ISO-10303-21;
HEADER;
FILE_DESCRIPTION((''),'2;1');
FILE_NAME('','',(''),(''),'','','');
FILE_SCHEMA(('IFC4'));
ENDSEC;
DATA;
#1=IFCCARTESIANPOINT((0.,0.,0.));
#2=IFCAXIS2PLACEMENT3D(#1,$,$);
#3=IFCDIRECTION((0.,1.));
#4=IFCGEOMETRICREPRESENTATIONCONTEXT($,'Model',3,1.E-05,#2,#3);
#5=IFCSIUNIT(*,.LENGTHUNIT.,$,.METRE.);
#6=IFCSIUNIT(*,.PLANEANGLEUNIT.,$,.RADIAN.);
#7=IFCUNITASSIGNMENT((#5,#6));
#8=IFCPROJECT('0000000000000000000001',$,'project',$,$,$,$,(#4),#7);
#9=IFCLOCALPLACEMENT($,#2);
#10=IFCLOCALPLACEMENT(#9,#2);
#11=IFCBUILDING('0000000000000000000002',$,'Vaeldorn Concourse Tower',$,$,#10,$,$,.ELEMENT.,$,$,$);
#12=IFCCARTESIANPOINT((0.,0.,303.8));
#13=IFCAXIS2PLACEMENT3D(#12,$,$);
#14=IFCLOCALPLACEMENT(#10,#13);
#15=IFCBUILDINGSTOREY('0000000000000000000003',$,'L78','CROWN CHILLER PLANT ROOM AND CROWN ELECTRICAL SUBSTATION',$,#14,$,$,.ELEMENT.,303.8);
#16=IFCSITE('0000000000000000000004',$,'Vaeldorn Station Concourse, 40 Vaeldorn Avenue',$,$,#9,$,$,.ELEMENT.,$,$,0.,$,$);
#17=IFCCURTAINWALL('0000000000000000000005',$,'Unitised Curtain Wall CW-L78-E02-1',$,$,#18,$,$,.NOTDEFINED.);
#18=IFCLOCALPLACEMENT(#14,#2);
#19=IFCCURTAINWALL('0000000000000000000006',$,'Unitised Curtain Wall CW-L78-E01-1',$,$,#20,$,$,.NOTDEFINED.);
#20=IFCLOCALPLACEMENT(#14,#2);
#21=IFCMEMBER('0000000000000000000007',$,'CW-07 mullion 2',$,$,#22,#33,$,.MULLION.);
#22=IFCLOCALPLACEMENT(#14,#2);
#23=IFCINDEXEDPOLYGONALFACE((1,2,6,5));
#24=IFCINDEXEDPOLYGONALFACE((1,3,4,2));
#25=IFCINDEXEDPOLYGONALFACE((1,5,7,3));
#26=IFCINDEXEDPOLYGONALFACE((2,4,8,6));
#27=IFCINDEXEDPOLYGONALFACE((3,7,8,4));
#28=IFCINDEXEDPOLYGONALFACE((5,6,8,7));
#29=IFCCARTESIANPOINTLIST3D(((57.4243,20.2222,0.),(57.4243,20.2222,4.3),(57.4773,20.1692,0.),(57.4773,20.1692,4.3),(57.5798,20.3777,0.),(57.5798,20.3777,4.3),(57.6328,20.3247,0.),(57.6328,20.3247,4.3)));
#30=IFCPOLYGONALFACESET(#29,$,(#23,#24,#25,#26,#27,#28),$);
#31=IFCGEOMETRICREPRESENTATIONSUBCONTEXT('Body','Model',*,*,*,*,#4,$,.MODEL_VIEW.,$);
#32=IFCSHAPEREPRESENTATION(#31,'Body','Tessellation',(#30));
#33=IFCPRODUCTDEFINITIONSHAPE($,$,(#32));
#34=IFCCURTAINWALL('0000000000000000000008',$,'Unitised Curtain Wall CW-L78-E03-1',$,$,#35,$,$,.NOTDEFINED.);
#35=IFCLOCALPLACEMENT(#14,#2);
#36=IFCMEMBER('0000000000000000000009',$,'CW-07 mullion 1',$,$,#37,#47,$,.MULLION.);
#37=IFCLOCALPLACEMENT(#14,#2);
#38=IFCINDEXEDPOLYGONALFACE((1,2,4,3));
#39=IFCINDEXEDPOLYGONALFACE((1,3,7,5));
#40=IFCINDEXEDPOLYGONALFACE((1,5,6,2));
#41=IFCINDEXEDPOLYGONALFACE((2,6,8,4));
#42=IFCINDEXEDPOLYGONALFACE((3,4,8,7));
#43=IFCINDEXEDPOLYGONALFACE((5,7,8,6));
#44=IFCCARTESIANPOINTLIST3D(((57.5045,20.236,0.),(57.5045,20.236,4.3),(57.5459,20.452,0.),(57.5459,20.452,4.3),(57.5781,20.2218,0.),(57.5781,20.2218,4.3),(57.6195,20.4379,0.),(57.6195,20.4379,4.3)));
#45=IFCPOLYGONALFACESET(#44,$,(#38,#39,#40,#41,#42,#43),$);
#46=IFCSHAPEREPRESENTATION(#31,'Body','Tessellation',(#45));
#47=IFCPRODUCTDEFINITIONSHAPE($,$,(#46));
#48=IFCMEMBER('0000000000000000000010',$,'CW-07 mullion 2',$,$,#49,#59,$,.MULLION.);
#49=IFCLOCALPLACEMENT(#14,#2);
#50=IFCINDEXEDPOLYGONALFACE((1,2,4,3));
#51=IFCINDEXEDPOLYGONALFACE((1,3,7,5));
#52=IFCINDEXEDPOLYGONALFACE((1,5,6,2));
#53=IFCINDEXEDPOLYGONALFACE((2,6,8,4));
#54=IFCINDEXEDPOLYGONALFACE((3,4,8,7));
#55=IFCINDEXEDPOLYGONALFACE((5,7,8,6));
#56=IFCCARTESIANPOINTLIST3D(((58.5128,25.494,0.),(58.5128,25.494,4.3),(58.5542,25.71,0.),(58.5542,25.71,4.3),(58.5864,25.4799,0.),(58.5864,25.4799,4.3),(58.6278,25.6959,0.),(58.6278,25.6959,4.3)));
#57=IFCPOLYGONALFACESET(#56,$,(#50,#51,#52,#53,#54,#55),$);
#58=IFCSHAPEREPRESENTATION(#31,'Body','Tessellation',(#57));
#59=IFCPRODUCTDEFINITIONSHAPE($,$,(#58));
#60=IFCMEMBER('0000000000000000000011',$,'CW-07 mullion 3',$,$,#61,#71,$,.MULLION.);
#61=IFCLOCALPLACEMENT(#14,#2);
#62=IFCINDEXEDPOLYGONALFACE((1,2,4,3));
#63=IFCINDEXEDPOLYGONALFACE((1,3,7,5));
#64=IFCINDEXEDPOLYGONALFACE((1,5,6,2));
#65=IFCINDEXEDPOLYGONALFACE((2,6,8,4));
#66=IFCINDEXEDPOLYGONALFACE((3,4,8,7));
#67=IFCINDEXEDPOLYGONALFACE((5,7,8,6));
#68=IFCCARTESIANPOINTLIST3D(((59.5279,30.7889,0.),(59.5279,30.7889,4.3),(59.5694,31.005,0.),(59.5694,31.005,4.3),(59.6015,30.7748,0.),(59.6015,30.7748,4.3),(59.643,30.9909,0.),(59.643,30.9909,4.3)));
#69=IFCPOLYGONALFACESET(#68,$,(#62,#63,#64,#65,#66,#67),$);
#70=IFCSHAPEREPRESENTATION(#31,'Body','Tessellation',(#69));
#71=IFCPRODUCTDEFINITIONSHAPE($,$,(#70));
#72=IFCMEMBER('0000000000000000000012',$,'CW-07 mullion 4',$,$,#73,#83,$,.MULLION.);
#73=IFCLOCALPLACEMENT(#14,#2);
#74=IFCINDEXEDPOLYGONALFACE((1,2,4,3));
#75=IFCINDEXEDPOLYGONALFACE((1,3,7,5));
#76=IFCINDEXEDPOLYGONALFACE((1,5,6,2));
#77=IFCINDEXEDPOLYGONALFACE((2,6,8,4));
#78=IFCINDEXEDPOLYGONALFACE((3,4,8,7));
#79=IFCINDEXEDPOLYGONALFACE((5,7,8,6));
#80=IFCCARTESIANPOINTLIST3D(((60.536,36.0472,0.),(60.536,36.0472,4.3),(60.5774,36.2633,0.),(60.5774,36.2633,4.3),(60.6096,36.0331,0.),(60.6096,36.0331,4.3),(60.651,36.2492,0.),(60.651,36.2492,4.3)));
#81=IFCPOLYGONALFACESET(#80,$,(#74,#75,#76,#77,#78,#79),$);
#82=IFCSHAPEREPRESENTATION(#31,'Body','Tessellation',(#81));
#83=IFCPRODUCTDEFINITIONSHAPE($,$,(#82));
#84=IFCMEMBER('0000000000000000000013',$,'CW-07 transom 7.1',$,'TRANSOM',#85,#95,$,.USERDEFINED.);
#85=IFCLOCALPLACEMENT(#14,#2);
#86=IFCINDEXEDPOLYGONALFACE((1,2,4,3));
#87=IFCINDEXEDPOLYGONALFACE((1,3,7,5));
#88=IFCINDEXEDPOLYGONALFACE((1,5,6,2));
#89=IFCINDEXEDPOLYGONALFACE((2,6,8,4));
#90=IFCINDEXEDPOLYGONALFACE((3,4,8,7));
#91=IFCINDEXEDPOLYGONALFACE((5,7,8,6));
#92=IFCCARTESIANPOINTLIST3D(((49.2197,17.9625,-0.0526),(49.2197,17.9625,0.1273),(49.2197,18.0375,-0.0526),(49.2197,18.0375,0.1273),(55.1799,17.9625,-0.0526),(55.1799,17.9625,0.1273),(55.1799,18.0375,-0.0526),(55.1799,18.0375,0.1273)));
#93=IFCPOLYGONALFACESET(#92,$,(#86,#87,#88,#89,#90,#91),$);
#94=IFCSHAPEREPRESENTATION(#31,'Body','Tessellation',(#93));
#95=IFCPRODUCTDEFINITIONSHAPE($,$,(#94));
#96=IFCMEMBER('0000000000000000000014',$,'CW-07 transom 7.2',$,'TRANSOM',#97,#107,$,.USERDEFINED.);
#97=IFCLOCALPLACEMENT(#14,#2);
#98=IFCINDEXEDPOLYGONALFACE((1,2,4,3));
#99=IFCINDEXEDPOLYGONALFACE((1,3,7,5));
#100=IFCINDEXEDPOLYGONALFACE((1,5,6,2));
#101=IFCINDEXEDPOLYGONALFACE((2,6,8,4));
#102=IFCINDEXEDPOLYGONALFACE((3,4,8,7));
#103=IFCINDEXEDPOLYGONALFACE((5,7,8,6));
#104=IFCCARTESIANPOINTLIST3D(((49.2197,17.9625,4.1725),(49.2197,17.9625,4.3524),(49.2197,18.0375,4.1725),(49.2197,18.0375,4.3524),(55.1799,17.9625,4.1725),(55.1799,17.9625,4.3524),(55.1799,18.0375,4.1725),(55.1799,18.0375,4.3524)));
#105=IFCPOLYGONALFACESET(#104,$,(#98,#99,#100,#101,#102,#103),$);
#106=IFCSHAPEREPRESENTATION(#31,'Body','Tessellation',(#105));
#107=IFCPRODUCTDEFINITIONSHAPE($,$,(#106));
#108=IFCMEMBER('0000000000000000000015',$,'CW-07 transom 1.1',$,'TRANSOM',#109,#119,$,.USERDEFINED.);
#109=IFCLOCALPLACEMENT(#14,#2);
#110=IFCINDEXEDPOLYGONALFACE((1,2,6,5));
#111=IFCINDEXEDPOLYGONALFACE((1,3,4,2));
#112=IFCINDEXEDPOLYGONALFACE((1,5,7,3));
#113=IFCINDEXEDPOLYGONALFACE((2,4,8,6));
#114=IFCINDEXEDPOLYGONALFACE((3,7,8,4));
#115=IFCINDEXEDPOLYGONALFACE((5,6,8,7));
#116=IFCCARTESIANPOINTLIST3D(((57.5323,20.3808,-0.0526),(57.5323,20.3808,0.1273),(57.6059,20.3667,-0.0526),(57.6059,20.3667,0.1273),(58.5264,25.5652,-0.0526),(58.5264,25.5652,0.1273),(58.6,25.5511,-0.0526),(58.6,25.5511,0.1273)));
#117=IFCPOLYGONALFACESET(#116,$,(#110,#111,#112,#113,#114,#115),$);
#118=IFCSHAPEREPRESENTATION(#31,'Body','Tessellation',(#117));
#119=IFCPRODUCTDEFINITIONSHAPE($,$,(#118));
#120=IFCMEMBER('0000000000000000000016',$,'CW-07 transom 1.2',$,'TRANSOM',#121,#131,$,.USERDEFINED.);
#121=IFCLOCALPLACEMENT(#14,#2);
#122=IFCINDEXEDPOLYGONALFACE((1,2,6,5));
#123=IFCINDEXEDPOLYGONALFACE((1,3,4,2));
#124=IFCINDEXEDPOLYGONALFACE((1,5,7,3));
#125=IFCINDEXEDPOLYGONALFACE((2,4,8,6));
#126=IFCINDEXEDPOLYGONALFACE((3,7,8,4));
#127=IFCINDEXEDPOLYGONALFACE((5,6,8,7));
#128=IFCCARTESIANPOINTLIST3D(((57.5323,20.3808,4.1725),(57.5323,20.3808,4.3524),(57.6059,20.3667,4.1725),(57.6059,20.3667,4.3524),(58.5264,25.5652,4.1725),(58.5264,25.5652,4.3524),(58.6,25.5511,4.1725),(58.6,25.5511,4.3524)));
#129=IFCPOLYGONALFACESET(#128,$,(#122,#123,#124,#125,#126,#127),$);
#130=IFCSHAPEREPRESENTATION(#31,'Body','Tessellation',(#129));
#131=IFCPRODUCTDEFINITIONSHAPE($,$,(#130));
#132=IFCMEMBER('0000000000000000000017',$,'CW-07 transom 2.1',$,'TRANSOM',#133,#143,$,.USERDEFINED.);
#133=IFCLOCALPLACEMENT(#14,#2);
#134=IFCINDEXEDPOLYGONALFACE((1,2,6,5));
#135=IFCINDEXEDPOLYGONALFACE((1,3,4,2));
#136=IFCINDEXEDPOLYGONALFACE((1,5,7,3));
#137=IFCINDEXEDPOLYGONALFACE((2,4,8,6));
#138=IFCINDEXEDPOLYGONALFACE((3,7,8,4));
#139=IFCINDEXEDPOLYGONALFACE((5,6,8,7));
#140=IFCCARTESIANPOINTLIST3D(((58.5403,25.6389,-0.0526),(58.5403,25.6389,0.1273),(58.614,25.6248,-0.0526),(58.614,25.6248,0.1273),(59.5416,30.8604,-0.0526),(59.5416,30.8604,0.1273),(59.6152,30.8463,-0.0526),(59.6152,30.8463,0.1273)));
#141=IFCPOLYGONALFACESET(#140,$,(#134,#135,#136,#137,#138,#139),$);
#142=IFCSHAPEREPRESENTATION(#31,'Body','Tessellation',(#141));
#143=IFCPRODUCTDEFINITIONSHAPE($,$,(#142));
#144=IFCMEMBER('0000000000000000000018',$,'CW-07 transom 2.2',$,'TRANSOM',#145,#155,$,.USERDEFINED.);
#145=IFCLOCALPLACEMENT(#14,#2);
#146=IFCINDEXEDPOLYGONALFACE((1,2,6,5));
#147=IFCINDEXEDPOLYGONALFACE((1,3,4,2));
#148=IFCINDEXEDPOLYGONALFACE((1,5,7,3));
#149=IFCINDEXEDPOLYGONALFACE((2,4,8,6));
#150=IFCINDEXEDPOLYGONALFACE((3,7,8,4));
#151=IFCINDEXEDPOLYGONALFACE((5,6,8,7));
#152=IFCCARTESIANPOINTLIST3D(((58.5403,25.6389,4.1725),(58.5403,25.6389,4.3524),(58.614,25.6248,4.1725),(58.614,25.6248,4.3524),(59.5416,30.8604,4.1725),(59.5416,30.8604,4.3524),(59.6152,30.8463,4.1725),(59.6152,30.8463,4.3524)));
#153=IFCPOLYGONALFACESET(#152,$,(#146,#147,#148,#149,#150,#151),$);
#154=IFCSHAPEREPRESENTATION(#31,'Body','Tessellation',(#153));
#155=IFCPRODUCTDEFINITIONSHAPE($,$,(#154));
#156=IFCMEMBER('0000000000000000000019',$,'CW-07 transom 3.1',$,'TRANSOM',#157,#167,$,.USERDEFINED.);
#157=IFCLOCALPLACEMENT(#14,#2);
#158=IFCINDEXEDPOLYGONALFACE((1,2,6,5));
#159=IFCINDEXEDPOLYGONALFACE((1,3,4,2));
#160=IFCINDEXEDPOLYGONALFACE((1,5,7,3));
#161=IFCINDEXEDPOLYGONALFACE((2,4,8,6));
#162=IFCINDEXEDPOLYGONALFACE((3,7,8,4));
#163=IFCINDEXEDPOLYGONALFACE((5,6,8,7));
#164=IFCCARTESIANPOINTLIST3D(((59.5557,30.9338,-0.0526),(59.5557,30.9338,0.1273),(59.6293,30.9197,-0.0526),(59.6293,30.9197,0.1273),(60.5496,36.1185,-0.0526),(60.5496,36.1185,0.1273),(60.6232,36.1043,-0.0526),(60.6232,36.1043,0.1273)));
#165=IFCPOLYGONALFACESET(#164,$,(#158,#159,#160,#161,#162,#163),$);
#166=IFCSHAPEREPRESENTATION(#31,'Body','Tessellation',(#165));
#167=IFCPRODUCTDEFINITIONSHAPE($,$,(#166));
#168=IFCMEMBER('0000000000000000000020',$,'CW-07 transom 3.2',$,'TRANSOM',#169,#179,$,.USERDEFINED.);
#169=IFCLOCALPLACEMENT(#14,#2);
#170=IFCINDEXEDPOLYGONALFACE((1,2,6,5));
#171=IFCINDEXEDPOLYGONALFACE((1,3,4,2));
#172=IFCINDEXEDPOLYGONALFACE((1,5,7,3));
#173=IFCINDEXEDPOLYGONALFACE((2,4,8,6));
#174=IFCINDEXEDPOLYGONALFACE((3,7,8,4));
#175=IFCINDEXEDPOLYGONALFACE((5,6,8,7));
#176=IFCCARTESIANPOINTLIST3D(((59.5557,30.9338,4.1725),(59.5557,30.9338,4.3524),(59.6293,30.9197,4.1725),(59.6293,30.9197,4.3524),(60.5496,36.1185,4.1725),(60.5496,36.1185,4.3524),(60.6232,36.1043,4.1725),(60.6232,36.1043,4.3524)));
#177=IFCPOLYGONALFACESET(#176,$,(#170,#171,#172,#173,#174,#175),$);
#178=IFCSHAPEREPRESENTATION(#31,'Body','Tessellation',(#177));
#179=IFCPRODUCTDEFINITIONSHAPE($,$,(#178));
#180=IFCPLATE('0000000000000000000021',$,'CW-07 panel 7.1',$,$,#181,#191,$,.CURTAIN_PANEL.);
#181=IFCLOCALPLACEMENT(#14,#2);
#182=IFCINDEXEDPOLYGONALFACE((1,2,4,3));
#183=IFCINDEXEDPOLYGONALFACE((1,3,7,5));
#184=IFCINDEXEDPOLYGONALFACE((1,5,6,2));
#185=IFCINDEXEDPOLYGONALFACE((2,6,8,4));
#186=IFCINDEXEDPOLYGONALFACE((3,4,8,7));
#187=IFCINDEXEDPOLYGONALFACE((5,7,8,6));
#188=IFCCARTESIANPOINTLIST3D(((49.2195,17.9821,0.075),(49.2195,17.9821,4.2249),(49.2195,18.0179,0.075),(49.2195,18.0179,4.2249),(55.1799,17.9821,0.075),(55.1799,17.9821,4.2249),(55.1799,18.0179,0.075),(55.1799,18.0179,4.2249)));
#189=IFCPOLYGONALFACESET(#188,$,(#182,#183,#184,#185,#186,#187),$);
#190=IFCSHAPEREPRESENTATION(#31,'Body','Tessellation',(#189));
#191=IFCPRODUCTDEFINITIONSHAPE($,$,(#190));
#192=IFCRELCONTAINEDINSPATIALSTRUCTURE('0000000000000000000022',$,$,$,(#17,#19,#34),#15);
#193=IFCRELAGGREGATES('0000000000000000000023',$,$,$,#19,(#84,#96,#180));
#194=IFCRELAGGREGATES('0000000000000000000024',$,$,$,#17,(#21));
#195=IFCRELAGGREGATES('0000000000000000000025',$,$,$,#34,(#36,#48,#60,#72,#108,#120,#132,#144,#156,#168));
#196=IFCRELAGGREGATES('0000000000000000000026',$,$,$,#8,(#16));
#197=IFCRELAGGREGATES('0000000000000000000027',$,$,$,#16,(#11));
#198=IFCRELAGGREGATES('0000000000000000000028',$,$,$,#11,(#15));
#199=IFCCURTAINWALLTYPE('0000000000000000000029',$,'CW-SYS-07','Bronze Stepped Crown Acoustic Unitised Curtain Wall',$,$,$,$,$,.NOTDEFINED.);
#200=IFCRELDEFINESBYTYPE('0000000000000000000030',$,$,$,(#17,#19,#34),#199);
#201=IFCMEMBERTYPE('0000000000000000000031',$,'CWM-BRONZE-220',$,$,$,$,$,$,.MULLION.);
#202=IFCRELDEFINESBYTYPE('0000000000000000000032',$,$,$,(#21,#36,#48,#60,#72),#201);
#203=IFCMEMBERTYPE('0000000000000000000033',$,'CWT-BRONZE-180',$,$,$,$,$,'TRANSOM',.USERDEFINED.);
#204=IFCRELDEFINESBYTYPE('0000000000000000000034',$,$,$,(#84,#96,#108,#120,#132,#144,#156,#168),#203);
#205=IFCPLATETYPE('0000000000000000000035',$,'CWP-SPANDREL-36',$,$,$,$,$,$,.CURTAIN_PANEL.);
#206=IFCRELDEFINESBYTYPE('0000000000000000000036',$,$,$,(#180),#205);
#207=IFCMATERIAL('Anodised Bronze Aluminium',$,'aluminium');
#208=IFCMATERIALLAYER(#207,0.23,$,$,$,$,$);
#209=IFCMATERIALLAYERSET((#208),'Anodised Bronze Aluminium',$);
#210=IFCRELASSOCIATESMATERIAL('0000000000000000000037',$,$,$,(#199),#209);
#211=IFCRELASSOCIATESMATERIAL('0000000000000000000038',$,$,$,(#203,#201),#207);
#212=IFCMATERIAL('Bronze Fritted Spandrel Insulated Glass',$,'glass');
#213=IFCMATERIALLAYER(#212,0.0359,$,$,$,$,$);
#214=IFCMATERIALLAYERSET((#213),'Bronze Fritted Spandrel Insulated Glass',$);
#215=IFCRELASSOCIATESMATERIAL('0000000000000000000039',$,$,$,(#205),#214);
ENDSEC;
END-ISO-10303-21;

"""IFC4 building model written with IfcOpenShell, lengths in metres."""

from ifc_helpers import new_model, si_unit, direction, frame, origin, origin_2d, place, context, subcontext, project, spatial, rectangle, extrude, source, transform, mapped, material, layer, layer_set, material_profile, profile_set, type_object, element, aggregate, save


model = new_model("IFC4")

# Units and contexts
model_context = context("Model", 3, precision=1e-05, world=origin(), true_north=direction((0.0, 1.0)))
body_context = subcontext(model_context, "Body", "Model", "MODEL_VIEW")
ifc_project = project(units=[si_unit("LENGTHUNIT", "METRE"), si_unit("PLANEANGLEUNIT", "RADIAN")], contexts=[model_context])

# Site, building, storey
site_placement = place(None, origin())
site = spatial("IfcSite", under=ifc_project, at=site_placement, Name="Vaeldorn Station Concourse, 40 Vaeldorn Avenue", CompositionType="ELEMENT", RefElevation=0.0)
building_placement = place(site_placement, origin())
building = spatial("IfcBuilding", under=site, at=building_placement, Name="Vaeldorn Concourse Tower", CompositionType="ELEMENT")
storey_placement = place(building_placement, frame((0.0, 0.0, 303.8)))
storey = spatial("IfcBuildingStorey", under=building, at=storey_placement, Name="L78", Description="CROWN CHILLER PLANT ROOM AND CROWN ELECTRICAL SUBSTATION", CompositionType="ELEMENT", Elevation=303.8)

# Curtain walls
ifc_material_1 = material(Name="Anodised Bronze Aluminium", Category="aluminium")
ifc_layer_1 = layer(ifc_material_1, 0.23)
ifc_layer_set_1 = layer_set([ifc_layer_1], Name="Anodised Bronze Aluminium")
curtain_wall_type = type_object("IfcCurtainWallType", Name="CW-SYS-07", Description="Bronze Stepped Crown Acoustic Unitised Curtain Wall", PredefinedType="NOTDEFINED", material=ifc_layer_set_1)
curtain_wall_1_placement = place(storey_placement, origin())
curtain_wall_1 = element("IfcCurtainWall", 1, at=curtain_wall_1_placement, inside=storey, type_object=curtain_wall_type, Name="Unitised Curtain Wall CW-L78-E02-1", PredefinedType="NOTDEFINED")
ifc_material_profile_1 = material_profile(ifc_material_1, rectangle(XDim=0.075, YDim=0.1799, at=origin_2d()), Name="CWT 75x180")
ifc_profile_set_1 = profile_set([ifc_material_profile_1], Name="Anodised Bronze Aluminium")
member_type_1 = type_object("IfcMemberType", Name="CWT-BRONZE-180", ElementType="TRANSOM", PredefinedType="USERDEFINED", material=ifc_profile_set_1)
curtain_wall_2_placement = place(storey_placement, origin())
curtain_wall_2 = element("IfcCurtainWall", 2, at=curtain_wall_2_placement, inside=storey, type_object=curtain_wall_type, Name="Unitised Curtain Wall CW-L78-E01-1", PredefinedType="NOTDEFINED")
ifc_material_profile_2 = material_profile(ifc_material_1, rectangle(XDim=0.075, YDim=0.22, at=origin_2d()), Name="CWM 75x220")
ifc_profile_set_2 = profile_set([ifc_material_profile_2], Name="Anodised Bronze Aluminium")
member_type_2 = type_object("IfcMemberType", Name="CWM-BRONZE-220", PredefinedType="MULLION", material=ifc_profile_set_2)
shared_shape_1 = source(origin(), body_context, "Body", "SweptSolid", [
    extrude(rectangle(XDim=0.075, YDim=0.22, at=origin_2d()), origin(), (0.0, 0.0, 1.0), 4.3),
])

# Member
member_1_placement = place(storey_placement, frame((57.5286, 20.2734, 0.0), z_axis=(0.0, 0.0, 1.0), x_axis=(-0.707107, 0.707107, 0.0)))
member_1 = element("IfcMember", 3, at=member_1_placement, type_object=member_type_2, Name="CW-07 mullion 2", PredefinedType="MULLION", context=body_context, shape_type="MappedRepresentation", body=[
    mapped(shared_shape_1, transform((0.0, 0.0, 0.0), scale=1.0)),
])

# Curtain wall, members
curtain_wall_3_placement = place(storey_placement, origin())
curtain_wall_3 = element("IfcCurtainWall", 4, at=curtain_wall_3_placement, inside=storey, type_object=curtain_wall_type, Name="Unitised Curtain Wall CW-L78-E03-1", PredefinedType="NOTDEFINED")
member_2_placement = place(storey_placement, frame((57.562, 20.3369, 0.0), z_axis=(0.0, 0.0, 1.0), x_axis=(-0.982112, 0.188298, 0.0)))
member_2 = element("IfcMember", 5, at=member_2_placement, type_object=member_type_2, Name="CW-07 mullion 1", PredefinedType="MULLION", context=body_context, shape_type="MappedRepresentation", body=[
    mapped(shared_shape_1, transform((0.0, 0.0, 0.0), scale=1.0)),
])
member_3_placement = place(storey_placement, frame((58.5703, 25.595, 0.0), z_axis=(0.0, 0.0, 1.0), x_axis=(-0.982112, 0.188298, 0.0)))
member_3 = element("IfcMember", 6, at=member_3_placement, type_object=member_type_2, Name="CW-07 mullion 2", PredefinedType="MULLION", context=body_context, shape_type="MappedRepresentation", body=[
    mapped(shared_shape_1, transform((0.0, 0.0, 0.0), scale=1.0)),
])
member_4_placement = place(storey_placement, frame((59.5854, 30.8899, 0.0), z_axis=(0.0, 0.0, 1.0), x_axis=(-0.982112, 0.188298, 0.0)))
member_4 = element("IfcMember", 7, at=member_4_placement, type_object=member_type_2, Name="CW-07 mullion 3", PredefinedType="MULLION", context=body_context, shape_type="MappedRepresentation", body=[
    mapped(shared_shape_1, transform((0.0, 0.0, 0.0), scale=1.0)),
])
member_5_placement = place(storey_placement, frame((60.5935, 36.1482, 0.0), z_axis=(0.0, 0.0, 1.0), x_axis=(-0.982112, 0.188298, 0.0)))
member_5 = element("IfcMember", 8, at=member_5_placement, type_object=member_type_2, Name="CW-07 mullion 4", PredefinedType="MULLION", context=body_context, shape_type="MappedRepresentation", body=[
    mapped(shared_shape_1, transform((0.0, 0.0, 0.0), scale=1.0)),
])

# Members
shared_shape_2 = source(origin(), body_context, "Body", "SweptSolid", [
    extrude(rectangle(XDim=0.075, YDim=0.1799, at=origin_2d()), origin(), (0.0, 0.0, 1.0), 5.9602),
])
member_6_placement = place(storey_placement, frame((49.2197, 18.0, 0.0374), z_axis=(1.0, 0.0, 0.0), x_axis=(0.0, 1.0, 0.0)))
member_6 = element("IfcMember", 9, at=member_6_placement, type_object=member_type_1, Name="CW-07 transom 7.1", ObjectType="TRANSOM", PredefinedType="USERDEFINED", context=body_context, shape_type="MappedRepresentation", body=[
    mapped(shared_shape_2, transform((0.0, 0.0, 0.0), scale=1.0)),
])
member_7_placement = place(storey_placement, frame((49.2197, 18.0, 4.2625), z_axis=(1.0, 0.0, 0.0), x_axis=(0.0, 1.0, 0.0)))
member_7 = element("IfcMember", 10, at=member_7_placement, type_object=member_type_1, Name="CW-07 transom 7.2", ObjectType="TRANSOM", PredefinedType="USERDEFINED", context=body_context, shape_type="MappedRepresentation", body=[
    mapped(shared_shape_2, transform((0.0, 0.0, 0.0), scale=1.0)),
])
shared_shape_3 = source(origin(), body_context, "Body", "SweptSolid", [
    extrude(rectangle(XDim=0.075, YDim=0.1799, at=origin_2d()), origin(), (0.0, 0.0, 1.0), 5.2788),
])
member_8_placement = place(storey_placement, frame((57.5691, 20.3738, 0.0374), z_axis=(0.188328, 0.982106, 0.0), x_axis=(-0.982106, 0.188328, 0.0)))
member_8 = element("IfcMember", 11, at=member_8_placement, type_object=member_type_1, Name="CW-07 transom 1.1", ObjectType="TRANSOM", PredefinedType="USERDEFINED", context=body_context, shape_type="MappedRepresentation", body=[
    mapped(shared_shape_3, transform((0.0, 0.0, 0.0), scale=1.0)),
])
member_9_placement = place(storey_placement, frame((57.5691, 20.3738, 4.2625), z_axis=(0.188328, 0.982106, 0.0), x_axis=(-0.982106, 0.188328, 0.0)))
member_9 = element("IfcMember", 12, at=member_9_placement, type_object=member_type_1, Name="CW-07 transom 1.2", ObjectType="TRANSOM", PredefinedType="USERDEFINED", context=body_context, shape_type="MappedRepresentation", body=[
    mapped(shared_shape_3, transform((0.0, 0.0, 0.0), scale=1.0)),
])
shared_shape_4 = source(origin(), body_context, "Body", "SweptSolid", [
    extrude(rectangle(XDim=0.075, YDim=0.1799, at=origin_2d()), origin(), (0.0, 0.0, 1.0), 5.3167),
])
member_10_placement = place(storey_placement, frame((58.5771, 25.6318, 0.0374), z_axis=(0.188321, 0.982108, 0.0), x_axis=(-0.982108, 0.188321, 0.0)))
member_10 = element("IfcMember", 13, at=member_10_placement, type_object=member_type_1, Name="CW-07 transom 2.1", ObjectType="TRANSOM", PredefinedType="USERDEFINED", context=body_context, shape_type="MappedRepresentation", body=[
    mapped(shared_shape_4, transform((0.0, 0.0, 0.0), scale=1.0)),
])
member_11_placement = place(storey_placement, frame((58.5771, 25.6318, 4.2625), z_axis=(0.188321, 0.982108, 0.0), x_axis=(-0.982108, 0.188321, 0.0)))
member_11 = element("IfcMember", 14, at=member_11_placement, type_object=member_type_1, Name="CW-07 transom 2.2", ObjectType="TRANSOM", PredefinedType="USERDEFINED", context=body_context, shape_type="MappedRepresentation", body=[
    mapped(shared_shape_4, transform((0.0, 0.0, 0.0), scale=1.0)),
])
shared_shape_5 = source(origin(), body_context, "Body", "SweptSolid", [
    extrude(rectangle(XDim=0.075, YDim=0.1799, at=origin_2d()), origin(), (0.0, 0.0, 1.0), 5.2791),
])
member_12_placement = place(storey_placement, frame((59.5925, 30.9268, 0.0374), z_axis=(0.188274, 0.982116, 0.0), x_axis=(-0.982116, 0.188274, 0.0)))
member_12 = element("IfcMember", 15, at=member_12_placement, type_object=member_type_1, Name="CW-07 transom 3.1", ObjectType="TRANSOM", PredefinedType="USERDEFINED", context=body_context, shape_type="MappedRepresentation", body=[
    mapped(shared_shape_5, transform((0.0, 0.0, 0.0), scale=1.0)),
])
member_13_placement = place(storey_placement, frame((59.5925, 30.9268, 4.2625), z_axis=(0.188274, 0.982116, 0.0), x_axis=(-0.982116, 0.188274, 0.0)))
member_13 = element("IfcMember", 16, at=member_13_placement, type_object=member_type_1, Name="CW-07 transom 3.2", ObjectType="TRANSOM", PredefinedType="USERDEFINED", context=body_context, shape_type="MappedRepresentation", body=[
    mapped(shared_shape_5, transform((0.0, 0.0, 0.0), scale=1.0)),
])

# Plate
ifc_material_2 = material(Name="Bronze Fritted Spandrel Insulated Glass", Category="glass")
ifc_layer_2 = layer(ifc_material_2, 0.0359)
ifc_layer_set_2 = layer_set([ifc_layer_2], Name="Bronze Fritted Spandrel Insulated Glass")
plate_type = type_object("IfcPlateType", Name="CWP-SPANDREL-36", PredefinedType="CURTAIN_PANEL", material=ifc_layer_set_2)
shared_shape_6 = source(origin(), body_context, "Body", "SweptSolid", [
    extrude(rectangle(XDim=5.9604, YDim=0.0359, at=origin_2d()), origin(), (0.0, 0.0, 1.0), 4.1499),
])
plate_1_placement = place(storey_placement, frame((52.1997, 18.0, 0.075), z_axis=(0.0, 0.0, 1.0), x_axis=(1.0, 0.0, 0.0)))
plate_1 = element("IfcPlate", 17, at=plate_1_placement, type_object=plate_type, Name="CW-07 panel 7.1", PredefinedType="CURTAIN_PANEL", context=body_context, shape_type="MappedRepresentation", body=[
    mapped(shared_shape_6, transform((0.0, 0.0, 0.0), scale=1.0)),
])
aggregate(curtain_wall_2, [member_6, member_7, plate_1])
aggregate(curtain_wall_1, [member_1])
aggregate(curtain_wall_3, [member_2, member_3, member_4, member_5, member_8, member_9, member_10, member_11, member_12, member_13])

save(model, "model.ifc")
